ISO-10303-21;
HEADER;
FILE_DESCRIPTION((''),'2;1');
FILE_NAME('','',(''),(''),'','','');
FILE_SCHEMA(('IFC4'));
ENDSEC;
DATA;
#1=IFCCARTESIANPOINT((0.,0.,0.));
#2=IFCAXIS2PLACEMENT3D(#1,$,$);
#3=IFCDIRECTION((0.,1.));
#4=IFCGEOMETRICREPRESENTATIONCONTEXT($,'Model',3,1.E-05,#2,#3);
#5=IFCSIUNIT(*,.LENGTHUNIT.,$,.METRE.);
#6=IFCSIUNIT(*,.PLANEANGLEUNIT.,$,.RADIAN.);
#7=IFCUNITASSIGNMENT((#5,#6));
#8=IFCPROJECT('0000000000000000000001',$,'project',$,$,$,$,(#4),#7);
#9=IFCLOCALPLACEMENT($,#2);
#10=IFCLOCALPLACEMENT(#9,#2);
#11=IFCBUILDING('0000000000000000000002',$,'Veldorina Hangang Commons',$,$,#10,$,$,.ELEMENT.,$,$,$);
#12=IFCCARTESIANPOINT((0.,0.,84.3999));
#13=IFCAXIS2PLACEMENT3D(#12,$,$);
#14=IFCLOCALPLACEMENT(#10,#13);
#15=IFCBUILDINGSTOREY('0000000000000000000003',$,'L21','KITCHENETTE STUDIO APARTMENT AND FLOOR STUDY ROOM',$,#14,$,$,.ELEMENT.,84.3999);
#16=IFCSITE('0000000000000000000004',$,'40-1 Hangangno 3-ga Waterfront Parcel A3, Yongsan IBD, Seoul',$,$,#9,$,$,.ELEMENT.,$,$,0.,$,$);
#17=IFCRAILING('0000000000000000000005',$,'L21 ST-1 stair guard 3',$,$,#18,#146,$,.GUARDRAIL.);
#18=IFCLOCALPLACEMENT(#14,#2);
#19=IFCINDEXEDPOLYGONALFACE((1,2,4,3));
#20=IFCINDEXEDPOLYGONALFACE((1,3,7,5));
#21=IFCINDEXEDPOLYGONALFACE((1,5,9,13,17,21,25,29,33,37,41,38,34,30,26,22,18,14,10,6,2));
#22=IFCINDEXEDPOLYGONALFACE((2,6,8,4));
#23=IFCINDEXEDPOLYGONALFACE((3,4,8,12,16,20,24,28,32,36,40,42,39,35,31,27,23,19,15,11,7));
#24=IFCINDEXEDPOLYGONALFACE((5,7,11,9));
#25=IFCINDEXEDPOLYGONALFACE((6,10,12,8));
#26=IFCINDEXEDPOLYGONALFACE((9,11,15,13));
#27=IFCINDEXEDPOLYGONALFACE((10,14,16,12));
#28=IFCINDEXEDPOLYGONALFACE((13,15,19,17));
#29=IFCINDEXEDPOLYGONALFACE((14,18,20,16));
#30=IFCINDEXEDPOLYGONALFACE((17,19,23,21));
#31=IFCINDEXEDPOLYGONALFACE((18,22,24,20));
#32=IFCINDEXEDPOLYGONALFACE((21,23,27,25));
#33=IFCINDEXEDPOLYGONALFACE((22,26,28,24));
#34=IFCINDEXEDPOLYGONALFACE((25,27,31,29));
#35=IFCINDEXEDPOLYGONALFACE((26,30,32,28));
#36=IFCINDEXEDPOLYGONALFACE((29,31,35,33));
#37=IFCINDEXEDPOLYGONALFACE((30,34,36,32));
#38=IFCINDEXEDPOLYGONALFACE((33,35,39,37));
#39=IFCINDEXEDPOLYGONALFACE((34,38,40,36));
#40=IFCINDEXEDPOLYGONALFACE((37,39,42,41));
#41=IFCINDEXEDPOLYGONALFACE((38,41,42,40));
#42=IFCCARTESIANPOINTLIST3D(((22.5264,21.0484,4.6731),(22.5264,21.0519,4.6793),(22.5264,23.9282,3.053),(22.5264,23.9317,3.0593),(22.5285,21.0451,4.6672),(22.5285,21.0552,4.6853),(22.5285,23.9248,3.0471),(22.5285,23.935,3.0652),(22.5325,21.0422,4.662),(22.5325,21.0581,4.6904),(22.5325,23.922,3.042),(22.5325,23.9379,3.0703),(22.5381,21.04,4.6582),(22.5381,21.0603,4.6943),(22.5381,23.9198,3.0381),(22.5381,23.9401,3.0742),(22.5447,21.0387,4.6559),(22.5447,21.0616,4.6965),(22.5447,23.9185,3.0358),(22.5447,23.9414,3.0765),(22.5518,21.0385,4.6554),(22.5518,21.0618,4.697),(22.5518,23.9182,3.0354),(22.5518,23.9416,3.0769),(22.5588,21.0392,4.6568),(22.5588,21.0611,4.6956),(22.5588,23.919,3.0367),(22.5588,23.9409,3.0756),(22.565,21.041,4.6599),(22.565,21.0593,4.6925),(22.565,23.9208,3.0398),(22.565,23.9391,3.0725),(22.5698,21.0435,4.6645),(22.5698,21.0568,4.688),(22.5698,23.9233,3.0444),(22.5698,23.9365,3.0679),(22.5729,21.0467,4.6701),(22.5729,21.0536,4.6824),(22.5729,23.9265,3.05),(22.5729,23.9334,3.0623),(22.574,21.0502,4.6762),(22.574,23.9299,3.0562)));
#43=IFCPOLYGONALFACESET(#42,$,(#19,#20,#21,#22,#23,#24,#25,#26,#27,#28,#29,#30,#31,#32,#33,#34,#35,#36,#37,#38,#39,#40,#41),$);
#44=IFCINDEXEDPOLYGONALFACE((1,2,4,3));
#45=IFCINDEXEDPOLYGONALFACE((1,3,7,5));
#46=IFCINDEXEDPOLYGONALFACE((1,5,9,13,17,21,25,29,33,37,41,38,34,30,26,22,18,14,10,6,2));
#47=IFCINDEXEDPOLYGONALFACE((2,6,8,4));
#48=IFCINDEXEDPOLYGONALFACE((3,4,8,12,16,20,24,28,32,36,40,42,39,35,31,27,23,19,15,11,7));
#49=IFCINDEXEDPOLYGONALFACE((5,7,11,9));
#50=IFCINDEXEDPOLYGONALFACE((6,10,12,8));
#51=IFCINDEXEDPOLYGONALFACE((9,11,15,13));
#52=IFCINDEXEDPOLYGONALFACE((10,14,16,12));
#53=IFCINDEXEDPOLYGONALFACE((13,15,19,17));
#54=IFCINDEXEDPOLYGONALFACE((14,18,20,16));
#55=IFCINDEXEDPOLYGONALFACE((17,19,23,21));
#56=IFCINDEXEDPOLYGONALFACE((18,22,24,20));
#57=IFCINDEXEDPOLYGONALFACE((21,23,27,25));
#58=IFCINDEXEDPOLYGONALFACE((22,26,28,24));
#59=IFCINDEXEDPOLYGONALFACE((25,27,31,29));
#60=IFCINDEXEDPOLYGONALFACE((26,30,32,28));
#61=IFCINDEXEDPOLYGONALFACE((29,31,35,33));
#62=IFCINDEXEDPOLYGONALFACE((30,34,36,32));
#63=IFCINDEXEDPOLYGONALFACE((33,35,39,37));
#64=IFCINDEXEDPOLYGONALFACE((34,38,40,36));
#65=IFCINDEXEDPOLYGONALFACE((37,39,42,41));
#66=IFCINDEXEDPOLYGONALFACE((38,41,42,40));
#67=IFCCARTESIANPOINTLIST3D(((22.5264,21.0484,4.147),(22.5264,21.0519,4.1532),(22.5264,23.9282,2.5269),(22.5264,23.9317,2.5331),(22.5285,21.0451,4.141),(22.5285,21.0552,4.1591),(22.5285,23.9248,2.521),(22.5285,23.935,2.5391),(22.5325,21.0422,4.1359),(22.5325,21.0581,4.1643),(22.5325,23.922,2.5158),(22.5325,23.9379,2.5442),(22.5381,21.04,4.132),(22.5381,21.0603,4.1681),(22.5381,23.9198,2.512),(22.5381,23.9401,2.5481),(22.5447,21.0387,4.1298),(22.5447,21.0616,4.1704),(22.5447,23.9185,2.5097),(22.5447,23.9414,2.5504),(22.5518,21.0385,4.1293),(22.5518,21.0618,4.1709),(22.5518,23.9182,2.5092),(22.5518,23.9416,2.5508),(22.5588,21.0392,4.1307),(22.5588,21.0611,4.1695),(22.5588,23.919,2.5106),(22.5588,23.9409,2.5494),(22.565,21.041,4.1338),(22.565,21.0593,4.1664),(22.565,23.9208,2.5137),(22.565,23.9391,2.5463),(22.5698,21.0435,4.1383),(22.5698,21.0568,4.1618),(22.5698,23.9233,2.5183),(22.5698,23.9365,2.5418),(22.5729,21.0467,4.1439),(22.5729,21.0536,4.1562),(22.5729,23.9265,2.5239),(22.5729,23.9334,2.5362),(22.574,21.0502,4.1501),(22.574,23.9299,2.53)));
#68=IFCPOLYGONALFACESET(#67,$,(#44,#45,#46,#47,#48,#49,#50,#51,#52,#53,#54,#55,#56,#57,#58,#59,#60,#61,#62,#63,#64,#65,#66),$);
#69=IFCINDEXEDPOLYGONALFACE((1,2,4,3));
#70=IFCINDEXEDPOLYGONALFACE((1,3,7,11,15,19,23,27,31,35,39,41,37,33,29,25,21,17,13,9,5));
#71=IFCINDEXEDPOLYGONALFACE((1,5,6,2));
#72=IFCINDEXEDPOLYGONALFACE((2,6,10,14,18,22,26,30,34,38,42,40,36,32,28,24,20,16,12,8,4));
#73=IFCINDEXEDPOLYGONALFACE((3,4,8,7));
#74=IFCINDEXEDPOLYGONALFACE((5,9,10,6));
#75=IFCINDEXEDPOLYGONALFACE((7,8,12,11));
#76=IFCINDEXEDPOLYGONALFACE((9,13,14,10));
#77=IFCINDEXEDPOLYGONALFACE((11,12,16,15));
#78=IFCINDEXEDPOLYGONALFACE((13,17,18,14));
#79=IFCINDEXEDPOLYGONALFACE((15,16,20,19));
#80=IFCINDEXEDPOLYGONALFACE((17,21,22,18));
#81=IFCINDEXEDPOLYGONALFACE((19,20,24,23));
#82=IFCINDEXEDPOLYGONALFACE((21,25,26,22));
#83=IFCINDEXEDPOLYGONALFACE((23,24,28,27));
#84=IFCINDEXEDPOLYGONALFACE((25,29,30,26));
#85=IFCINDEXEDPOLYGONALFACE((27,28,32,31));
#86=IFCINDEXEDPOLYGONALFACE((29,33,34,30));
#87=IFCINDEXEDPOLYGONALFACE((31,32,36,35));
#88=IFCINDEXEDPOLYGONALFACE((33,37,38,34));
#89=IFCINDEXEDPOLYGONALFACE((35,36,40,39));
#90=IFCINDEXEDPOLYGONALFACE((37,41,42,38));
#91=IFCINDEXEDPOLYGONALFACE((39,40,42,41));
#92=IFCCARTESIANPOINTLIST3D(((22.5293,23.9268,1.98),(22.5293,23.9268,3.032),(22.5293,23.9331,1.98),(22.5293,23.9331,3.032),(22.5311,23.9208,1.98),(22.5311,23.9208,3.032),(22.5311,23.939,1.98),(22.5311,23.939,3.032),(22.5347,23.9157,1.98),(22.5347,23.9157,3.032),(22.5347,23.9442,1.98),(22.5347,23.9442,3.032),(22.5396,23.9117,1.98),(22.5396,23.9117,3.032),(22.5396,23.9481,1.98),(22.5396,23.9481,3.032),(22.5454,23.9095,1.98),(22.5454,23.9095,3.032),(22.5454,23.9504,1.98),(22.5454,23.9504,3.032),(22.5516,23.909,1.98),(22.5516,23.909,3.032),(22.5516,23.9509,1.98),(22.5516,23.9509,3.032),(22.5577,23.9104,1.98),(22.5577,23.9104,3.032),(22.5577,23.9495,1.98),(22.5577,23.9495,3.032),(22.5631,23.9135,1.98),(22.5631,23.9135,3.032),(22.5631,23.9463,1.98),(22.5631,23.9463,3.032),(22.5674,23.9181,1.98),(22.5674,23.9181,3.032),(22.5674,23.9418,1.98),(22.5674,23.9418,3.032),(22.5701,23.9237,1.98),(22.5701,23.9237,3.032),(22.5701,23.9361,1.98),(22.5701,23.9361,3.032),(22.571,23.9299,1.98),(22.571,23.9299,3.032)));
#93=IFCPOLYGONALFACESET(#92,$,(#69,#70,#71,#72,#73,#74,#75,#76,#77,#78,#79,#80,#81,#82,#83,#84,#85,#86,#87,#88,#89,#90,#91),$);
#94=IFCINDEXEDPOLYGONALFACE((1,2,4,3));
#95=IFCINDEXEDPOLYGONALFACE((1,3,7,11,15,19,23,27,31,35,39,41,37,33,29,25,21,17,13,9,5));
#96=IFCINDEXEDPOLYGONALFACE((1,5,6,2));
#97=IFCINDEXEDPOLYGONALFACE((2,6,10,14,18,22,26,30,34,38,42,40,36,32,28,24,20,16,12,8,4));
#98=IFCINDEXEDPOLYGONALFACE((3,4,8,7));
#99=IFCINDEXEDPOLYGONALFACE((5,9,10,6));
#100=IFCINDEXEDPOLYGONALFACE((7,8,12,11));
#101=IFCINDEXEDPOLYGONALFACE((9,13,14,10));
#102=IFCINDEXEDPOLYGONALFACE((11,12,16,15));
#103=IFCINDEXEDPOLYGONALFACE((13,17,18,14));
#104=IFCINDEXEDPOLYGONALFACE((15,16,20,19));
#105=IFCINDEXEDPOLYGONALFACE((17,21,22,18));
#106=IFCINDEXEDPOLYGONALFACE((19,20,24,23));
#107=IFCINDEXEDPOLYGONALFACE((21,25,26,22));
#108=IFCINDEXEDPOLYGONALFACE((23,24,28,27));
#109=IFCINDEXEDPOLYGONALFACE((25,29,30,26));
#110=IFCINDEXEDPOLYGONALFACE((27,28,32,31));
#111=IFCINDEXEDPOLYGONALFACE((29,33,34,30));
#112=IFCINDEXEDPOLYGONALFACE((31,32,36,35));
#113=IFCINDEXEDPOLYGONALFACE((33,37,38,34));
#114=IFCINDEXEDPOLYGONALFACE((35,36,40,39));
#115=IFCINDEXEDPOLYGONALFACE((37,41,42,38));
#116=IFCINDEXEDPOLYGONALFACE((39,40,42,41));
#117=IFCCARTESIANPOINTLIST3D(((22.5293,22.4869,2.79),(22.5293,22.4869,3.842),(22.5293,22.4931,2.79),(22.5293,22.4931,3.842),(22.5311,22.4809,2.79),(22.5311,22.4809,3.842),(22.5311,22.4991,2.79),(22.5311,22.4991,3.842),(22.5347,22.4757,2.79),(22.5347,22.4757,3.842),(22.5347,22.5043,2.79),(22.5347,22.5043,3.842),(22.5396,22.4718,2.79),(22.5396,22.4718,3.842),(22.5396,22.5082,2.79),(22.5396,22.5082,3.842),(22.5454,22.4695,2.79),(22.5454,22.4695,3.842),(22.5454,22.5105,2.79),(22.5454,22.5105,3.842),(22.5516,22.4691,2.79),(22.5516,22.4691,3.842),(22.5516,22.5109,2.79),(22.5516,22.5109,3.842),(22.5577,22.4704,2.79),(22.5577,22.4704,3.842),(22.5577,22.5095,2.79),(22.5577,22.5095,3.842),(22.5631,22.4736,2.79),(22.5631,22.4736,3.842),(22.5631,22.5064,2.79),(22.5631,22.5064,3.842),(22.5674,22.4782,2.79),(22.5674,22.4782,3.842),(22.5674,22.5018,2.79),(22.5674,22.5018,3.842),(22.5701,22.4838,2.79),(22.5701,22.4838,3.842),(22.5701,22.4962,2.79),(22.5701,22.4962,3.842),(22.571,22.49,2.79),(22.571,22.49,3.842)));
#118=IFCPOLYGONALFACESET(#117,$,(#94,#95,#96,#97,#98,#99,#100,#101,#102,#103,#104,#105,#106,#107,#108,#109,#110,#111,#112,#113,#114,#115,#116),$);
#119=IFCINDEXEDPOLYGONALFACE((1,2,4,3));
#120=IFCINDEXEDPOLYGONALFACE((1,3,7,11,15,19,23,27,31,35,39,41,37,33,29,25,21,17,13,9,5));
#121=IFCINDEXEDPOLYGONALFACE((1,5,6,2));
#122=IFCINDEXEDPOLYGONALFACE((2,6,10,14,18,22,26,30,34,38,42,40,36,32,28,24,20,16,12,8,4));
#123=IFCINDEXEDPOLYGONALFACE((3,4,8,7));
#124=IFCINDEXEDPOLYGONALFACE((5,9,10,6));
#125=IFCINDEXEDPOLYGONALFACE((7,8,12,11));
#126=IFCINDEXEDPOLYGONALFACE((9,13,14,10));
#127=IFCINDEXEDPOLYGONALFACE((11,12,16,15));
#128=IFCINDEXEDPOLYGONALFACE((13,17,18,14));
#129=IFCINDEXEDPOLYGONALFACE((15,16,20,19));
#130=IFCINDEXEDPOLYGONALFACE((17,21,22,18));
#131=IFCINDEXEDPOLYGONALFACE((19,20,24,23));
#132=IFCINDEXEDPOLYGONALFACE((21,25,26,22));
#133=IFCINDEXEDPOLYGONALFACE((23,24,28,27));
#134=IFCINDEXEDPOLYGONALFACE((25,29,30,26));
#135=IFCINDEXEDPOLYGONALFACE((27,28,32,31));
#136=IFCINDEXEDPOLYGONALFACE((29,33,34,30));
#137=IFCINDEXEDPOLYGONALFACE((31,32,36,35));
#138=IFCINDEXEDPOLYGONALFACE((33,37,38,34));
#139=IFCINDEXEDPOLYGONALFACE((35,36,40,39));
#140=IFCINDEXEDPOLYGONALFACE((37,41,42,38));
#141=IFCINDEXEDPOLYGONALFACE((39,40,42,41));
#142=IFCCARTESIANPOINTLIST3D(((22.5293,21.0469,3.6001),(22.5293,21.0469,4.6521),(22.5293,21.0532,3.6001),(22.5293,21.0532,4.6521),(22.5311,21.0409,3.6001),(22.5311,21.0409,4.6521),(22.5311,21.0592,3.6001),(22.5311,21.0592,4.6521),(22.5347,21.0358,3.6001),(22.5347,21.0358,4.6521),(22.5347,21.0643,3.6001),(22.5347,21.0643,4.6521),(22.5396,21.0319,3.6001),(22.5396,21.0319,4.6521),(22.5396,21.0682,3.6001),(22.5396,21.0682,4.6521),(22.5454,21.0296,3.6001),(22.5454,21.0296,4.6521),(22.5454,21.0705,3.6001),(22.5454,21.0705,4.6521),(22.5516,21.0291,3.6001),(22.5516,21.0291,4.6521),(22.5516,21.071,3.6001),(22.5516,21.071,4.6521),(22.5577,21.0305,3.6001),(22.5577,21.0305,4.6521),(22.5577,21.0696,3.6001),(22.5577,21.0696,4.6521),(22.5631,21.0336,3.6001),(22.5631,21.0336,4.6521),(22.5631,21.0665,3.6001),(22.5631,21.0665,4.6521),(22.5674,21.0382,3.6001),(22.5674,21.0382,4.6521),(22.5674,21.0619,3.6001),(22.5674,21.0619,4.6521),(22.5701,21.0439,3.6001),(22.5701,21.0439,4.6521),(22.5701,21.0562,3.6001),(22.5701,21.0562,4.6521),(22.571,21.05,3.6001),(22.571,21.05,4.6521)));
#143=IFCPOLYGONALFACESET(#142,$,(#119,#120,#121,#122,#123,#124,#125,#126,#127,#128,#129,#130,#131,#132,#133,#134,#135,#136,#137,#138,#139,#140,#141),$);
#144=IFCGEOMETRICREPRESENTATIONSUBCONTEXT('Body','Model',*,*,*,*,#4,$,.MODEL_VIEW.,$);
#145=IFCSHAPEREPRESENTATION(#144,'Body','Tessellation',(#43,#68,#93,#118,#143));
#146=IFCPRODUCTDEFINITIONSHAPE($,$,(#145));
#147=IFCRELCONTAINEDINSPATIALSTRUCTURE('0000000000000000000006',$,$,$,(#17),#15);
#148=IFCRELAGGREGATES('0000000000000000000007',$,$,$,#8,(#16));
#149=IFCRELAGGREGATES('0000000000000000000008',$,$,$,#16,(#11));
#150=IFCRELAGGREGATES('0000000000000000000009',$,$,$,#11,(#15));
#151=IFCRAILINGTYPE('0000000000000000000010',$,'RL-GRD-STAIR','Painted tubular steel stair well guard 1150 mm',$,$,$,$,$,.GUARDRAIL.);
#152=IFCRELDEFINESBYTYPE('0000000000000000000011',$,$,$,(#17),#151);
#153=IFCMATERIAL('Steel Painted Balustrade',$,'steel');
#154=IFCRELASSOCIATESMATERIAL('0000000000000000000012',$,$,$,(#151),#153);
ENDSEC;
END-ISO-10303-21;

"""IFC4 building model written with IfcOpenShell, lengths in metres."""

from ifc_helpers import new_model, si_unit, direction, frame, origin, origin_2d, place, context, subcontext, project, spatial, circle, extrude, material, type_object, element, save


model = new_model("IFC4")

# Units and contexts
model_context = context("Model", 3, precision=1e-05, world=origin(), true_north=direction((0.0, 1.0)))
body_context = subcontext(model_context, "Body", "Model", "MODEL_VIEW")
ifc_project = project(units=[si_unit("LENGTHUNIT", "METRE"), si_unit("PLANEANGLEUNIT", "RADIAN")], contexts=[model_context])

# Site, building, storey
site_placement = place(None, origin())
site = spatial("IfcSite", under=ifc_project, at=site_placement, Name="40-1 Hangangno 3-ga Waterfront Parcel A3, Yongsan IBD, Seoul", CompositionType="ELEMENT", RefElevation=0.0)
building_placement = place(site_placement, origin())
building = spatial("IfcBuilding", under=site, at=building_placement, Name="Veldorina Hangang Commons", CompositionType="ELEMENT")
storey_placement = place(building_placement, frame((0.0, 0.0, 84.3999)))
storey = spatial("IfcBuildingStorey", under=building, at=storey_placement, Name="L21", Description="KITCHENETTE STUDIO APARTMENT AND FLOOR STUDY ROOM", CompositionType="ELEMENT", Elevation=84.3999)

# Railing
ifc_material_1 = material(Name="Steel Painted Balustrade", Category="steel")
railing_type_1 = type_object("IfcRailingType", Name="RL-GRD-STAIR", Description="Painted tubular steel stair well guard 1150 mm", PredefinedType="GUARDRAIL", material=ifc_material_1)
railing_1_placement = place(storey_placement, frame((22.55, 23.9299, 1.98)))
element("IfcRailing", 1, at=railing_1_placement, inside=storey, type_object=railing_type_1, Name="L21 ST-1 stair guard 3", PredefinedType="GUARDRAIL", context=body_context, shape_type="SweptSolid", body=[
    extrude(circle(Radius=0.0239, at=origin_2d()), frame((0.0, 0.0, 1.0762), z_axis=(0.0, -0.871552, 0.490303), x_axis=(1.0, 0.0, 0.0)), (0.0, 0.0, 1.0), 3.3042),
    extrude(circle(Radius=0.0239, at=origin_2d()), frame((0.0, 0.0, 0.55), z_axis=(0.0, -0.871552, 0.490303), x_axis=(1.0, 0.0, 0.0)), (0.0, 0.0, 1.0), 3.3042),
    extrude(circle(Radius=0.021, at=origin_2d()), origin(), (0.0, 0.0, 1.0), 1.052),
    extrude(circle(Radius=0.021, at=origin_2d()), frame((0.0, -1.4399, 0.8101)), (0.0, 0.0, 1.0), 1.052),
    extrude(circle(Radius=0.021, at=origin_2d()), frame((0.0, -2.8799, 1.6201)), (0.0, 0.0, 1.0), 1.052),
])

save(model, "model.ifc")
